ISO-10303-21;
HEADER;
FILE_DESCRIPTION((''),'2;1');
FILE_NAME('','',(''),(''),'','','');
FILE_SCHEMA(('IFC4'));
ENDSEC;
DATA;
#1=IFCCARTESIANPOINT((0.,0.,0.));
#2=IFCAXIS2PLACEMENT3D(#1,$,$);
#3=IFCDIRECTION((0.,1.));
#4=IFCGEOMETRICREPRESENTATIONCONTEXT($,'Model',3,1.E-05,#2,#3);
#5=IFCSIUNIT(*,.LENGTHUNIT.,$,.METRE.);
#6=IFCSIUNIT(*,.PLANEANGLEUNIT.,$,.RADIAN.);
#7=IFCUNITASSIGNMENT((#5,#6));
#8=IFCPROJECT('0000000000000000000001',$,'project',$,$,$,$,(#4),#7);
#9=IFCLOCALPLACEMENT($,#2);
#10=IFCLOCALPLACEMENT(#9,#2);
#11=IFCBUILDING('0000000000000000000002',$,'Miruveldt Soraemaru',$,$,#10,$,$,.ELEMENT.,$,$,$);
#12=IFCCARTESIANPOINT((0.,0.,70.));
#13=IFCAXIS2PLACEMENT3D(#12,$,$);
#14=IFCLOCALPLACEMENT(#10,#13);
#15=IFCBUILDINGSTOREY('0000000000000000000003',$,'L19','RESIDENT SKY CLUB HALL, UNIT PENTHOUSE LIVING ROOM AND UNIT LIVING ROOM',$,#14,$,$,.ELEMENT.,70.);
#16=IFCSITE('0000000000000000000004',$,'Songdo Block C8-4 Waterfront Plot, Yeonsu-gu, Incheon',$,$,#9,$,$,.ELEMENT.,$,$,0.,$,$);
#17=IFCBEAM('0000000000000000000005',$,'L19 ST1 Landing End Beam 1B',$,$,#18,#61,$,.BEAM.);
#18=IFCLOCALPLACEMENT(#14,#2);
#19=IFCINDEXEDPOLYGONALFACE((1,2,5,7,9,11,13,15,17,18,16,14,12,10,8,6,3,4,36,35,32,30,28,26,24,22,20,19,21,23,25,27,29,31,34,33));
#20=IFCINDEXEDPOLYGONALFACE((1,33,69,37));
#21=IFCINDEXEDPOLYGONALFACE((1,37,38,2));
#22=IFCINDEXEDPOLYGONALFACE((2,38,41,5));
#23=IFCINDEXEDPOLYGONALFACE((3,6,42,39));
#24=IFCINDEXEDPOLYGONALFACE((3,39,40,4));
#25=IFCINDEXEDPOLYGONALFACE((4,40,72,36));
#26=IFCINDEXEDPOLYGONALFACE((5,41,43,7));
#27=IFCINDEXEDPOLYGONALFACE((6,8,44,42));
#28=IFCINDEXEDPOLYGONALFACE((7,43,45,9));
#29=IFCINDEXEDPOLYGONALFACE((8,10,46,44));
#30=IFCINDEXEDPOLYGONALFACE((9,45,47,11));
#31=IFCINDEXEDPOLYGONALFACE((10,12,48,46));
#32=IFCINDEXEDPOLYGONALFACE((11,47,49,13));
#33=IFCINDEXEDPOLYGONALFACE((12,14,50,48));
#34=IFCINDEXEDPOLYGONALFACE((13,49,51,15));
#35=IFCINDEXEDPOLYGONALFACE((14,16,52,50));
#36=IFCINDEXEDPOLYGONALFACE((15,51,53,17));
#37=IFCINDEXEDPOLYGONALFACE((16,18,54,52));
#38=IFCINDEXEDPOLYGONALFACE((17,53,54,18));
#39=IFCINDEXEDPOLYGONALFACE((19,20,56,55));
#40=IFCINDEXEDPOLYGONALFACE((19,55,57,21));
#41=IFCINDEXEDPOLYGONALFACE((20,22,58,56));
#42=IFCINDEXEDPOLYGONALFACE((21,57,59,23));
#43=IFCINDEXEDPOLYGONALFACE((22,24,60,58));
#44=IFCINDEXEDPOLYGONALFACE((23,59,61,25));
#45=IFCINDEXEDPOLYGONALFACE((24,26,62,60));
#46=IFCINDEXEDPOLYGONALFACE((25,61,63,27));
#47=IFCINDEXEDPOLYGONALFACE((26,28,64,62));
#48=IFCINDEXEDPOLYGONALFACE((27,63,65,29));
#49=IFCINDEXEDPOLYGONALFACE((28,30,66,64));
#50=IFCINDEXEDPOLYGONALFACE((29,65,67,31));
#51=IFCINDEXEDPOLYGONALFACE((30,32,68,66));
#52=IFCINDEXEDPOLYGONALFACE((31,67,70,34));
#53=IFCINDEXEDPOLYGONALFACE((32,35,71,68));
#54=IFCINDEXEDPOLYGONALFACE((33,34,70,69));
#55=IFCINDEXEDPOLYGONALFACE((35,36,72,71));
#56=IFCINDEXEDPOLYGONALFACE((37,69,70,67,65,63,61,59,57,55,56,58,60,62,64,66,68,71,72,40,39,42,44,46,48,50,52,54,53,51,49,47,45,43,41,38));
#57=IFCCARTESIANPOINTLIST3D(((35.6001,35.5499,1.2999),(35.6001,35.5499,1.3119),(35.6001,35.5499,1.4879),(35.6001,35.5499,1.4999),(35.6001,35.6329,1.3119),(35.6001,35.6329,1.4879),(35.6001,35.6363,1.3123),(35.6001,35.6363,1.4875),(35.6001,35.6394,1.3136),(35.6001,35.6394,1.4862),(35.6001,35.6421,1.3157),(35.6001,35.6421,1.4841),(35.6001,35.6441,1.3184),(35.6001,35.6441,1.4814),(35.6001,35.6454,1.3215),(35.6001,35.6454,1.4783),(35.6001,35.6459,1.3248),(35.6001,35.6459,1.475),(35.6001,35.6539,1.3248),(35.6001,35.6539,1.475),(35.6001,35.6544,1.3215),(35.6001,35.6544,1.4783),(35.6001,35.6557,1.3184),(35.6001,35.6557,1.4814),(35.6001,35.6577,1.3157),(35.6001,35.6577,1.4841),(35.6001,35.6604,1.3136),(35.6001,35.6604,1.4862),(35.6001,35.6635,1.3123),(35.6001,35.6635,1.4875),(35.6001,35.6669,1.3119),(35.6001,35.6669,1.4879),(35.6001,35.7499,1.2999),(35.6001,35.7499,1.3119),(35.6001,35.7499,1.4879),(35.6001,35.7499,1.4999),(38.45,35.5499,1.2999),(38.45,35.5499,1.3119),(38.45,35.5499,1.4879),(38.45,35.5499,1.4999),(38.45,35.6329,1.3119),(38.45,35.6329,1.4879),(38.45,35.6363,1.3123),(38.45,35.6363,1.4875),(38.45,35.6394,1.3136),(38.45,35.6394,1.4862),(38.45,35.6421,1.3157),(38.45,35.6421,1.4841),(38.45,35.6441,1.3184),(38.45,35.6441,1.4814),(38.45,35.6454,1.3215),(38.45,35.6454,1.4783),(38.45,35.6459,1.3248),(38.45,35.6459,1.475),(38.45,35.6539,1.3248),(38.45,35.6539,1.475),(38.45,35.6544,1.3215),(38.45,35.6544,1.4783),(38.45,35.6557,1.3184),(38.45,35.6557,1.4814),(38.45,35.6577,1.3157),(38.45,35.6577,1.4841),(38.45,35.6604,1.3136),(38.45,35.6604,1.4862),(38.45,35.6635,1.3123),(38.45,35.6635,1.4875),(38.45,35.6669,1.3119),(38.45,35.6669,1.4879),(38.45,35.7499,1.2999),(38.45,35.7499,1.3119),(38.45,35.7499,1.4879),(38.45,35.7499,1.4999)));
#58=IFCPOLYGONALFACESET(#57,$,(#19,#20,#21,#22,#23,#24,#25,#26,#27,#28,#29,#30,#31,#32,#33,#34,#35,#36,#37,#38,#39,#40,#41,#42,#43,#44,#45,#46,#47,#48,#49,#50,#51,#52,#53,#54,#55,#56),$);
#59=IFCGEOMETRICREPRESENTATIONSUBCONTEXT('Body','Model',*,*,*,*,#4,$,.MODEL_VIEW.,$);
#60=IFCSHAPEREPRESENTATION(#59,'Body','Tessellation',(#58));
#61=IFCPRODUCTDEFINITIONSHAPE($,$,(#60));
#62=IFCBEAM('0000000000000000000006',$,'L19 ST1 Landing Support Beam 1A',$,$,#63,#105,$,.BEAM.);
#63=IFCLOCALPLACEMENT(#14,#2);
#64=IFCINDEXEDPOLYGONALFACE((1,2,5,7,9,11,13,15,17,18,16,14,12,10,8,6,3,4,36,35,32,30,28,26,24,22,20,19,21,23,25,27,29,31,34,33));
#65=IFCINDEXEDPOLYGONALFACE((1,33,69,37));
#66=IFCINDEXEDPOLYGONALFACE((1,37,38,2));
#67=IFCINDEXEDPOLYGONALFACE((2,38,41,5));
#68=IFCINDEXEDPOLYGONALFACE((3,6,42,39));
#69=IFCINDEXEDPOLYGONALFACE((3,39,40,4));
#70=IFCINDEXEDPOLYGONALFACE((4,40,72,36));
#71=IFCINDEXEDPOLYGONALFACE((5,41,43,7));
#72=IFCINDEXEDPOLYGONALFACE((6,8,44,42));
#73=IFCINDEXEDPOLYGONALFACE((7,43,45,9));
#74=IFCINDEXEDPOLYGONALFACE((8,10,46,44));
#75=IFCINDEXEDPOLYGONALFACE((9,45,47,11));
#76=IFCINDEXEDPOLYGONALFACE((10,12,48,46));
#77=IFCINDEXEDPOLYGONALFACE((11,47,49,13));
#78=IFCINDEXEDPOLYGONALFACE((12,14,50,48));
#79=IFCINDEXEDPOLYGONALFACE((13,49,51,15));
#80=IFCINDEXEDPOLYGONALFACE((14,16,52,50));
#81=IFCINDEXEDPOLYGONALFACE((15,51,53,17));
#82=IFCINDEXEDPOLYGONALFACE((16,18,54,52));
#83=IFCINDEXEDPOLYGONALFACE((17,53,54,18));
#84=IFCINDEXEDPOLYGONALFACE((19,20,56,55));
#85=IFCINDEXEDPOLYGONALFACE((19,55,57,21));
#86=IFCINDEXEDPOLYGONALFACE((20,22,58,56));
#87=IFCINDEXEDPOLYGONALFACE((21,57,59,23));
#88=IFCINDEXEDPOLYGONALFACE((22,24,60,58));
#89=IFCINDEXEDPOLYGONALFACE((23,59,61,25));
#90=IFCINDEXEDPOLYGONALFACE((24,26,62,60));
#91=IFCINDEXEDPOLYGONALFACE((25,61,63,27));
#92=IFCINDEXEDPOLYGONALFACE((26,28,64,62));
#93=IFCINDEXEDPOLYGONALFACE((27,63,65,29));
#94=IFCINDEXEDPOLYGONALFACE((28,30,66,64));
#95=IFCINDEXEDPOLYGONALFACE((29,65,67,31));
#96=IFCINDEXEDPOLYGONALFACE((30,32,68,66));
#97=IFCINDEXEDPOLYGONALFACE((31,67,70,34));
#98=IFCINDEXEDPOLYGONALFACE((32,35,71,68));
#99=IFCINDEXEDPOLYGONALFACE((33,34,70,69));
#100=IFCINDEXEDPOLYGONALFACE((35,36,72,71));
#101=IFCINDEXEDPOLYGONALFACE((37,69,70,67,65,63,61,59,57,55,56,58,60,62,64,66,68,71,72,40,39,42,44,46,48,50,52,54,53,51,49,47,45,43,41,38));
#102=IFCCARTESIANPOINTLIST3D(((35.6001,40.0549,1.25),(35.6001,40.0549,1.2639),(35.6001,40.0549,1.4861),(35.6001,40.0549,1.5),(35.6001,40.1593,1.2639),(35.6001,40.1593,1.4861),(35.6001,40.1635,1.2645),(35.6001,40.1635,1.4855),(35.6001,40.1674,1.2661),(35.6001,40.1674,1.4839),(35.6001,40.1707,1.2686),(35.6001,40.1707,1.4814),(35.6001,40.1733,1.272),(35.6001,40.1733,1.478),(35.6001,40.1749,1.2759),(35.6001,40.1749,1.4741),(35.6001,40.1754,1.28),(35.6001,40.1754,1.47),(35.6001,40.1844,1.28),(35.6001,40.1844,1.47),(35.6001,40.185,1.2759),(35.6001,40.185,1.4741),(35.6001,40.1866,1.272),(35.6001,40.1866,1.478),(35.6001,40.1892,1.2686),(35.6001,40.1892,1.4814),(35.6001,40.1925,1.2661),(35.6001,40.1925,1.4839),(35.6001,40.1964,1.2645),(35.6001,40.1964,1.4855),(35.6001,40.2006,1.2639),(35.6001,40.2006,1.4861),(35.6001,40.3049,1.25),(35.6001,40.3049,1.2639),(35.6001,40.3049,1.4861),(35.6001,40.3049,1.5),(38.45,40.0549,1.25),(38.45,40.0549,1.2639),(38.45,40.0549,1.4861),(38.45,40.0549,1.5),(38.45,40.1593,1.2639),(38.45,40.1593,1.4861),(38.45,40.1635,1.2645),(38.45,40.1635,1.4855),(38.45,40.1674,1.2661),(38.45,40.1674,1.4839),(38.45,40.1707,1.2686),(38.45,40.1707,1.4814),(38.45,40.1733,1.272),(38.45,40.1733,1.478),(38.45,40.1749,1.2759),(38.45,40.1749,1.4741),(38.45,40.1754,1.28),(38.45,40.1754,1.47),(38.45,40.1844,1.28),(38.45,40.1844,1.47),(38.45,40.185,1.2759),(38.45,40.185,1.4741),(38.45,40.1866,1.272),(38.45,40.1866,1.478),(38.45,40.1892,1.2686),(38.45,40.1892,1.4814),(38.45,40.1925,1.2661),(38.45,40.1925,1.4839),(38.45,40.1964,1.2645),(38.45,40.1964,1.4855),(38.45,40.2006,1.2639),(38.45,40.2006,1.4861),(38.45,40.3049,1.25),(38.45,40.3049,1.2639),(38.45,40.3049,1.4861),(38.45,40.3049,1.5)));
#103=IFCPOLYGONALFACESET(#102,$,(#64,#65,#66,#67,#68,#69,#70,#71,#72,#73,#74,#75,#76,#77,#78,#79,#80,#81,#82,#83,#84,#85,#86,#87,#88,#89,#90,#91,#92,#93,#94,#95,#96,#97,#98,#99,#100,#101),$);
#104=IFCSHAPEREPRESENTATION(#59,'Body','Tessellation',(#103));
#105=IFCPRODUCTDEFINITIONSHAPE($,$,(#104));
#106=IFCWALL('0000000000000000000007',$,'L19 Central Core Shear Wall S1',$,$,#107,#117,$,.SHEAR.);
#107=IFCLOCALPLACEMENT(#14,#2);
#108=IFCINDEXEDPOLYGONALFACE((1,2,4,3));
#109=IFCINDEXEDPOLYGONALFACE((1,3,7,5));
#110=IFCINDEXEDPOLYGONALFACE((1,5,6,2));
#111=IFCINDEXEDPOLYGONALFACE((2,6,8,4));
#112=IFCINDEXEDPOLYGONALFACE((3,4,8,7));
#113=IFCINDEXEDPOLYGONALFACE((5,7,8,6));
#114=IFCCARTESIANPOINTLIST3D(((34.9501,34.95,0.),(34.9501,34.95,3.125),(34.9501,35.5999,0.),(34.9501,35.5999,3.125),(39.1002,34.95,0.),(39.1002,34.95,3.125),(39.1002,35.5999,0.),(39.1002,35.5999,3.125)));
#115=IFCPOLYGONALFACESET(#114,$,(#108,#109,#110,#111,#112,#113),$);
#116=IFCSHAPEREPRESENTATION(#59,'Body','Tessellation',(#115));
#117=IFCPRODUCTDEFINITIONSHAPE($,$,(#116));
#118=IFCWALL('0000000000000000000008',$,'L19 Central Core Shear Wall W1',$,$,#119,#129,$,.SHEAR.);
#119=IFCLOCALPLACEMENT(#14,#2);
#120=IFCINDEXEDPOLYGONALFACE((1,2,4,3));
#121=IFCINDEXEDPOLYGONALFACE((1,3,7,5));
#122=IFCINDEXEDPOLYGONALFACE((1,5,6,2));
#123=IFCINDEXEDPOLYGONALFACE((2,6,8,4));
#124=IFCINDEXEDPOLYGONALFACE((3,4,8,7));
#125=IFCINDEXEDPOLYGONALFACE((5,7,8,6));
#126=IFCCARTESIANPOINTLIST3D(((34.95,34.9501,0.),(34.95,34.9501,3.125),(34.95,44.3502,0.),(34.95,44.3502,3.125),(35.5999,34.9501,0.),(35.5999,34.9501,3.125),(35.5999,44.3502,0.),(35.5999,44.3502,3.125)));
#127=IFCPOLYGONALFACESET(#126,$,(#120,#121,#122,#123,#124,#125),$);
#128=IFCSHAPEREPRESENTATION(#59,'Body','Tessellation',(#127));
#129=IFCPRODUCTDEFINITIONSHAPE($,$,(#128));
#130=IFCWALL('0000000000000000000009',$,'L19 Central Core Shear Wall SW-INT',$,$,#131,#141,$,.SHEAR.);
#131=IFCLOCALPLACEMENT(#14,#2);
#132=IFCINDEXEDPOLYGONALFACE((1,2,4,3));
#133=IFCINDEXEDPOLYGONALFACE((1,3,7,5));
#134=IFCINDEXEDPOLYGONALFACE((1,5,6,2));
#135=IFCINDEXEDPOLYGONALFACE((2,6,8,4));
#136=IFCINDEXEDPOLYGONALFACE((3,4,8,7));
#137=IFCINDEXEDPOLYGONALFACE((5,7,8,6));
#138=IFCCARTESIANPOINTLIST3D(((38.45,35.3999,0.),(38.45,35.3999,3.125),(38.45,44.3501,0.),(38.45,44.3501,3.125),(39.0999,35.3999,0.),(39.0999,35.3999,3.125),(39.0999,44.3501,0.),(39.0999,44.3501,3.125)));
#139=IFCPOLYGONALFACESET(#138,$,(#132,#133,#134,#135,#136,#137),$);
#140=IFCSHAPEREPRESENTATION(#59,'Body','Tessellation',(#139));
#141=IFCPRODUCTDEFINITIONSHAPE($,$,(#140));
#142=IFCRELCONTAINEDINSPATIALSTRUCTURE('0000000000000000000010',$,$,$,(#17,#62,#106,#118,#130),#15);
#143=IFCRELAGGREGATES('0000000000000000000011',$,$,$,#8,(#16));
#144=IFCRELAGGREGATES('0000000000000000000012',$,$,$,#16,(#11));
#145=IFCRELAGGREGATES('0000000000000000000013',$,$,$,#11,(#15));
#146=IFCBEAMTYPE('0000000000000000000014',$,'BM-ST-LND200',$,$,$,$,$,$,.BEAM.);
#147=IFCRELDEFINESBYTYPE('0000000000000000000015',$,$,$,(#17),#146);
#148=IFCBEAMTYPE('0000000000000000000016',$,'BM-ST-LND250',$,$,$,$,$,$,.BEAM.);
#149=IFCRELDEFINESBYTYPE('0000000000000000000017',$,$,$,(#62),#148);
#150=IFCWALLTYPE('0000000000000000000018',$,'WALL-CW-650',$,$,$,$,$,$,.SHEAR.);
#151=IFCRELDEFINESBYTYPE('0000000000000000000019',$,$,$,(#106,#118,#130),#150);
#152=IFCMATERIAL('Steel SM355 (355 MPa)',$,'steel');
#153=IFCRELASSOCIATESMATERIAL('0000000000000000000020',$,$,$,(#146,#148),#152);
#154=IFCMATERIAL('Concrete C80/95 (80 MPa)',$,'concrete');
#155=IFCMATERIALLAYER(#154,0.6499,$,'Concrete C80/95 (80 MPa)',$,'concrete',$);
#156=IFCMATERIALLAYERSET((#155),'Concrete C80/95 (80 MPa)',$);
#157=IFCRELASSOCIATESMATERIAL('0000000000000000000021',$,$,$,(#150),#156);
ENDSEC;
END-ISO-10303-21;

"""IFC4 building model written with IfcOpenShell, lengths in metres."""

from ifc_helpers import new_model, si_unit, direction, frame, frame_2d, origin, origin_2d, place, context, subcontext, project, spatial, rectangle, i_section, extrude, material, layer, layer_set, material_profile, profile_set, type_object, element, save


model = new_model("IFC4")

# Units and contexts
model_context = context("Model", 3, precision=1e-05, world=origin(), true_north=direction((0.0, 1.0)))
body_context = subcontext(model_context, "Body", "Model", "MODEL_VIEW")
ifc_project = project(units=[si_unit("LENGTHUNIT", "METRE"), si_unit("PLANEANGLEUNIT", "RADIAN")], contexts=[model_context])

# Site, building, storey
site_placement = place(None, origin())
site = spatial("IfcSite", under=ifc_project, at=site_placement, Name="Songdo Block C8-4 Waterfront Plot, Yeonsu-gu, Incheon", CompositionType="ELEMENT", RefElevation=0.0)
building_placement = place(site_placement, origin())
building = spatial("IfcBuilding", under=site, at=building_placement, Name="Miruveldt Soraemaru", CompositionType="ELEMENT")
storey_placement = place(building_placement, frame((0.0, 0.0, 70.0)))
storey = spatial("IfcBuildingStorey", under=building, at=storey_placement, Name="L19", Description="RESIDENT SKY CLUB HALL, UNIT PENTHOUSE LIVING ROOM AND UNIT LIVING ROOM", CompositionType="ELEMENT", Elevation=70.0)

# Beams
ifc_material_1 = material(Name="Steel SM355 (355 MPa)", Category="steel")
ifc_material_profile_1 = material_profile(ifc_material_1, i_section(OverallWidth=0.2, OverallDepth=0.2, WebThickness=0.0081, FlangeThickness=0.012, FilletRadius=0.0129, at=origin_2d()), Name="Steel SM355 (355 MPa)", Category="steel")
ifc_profile_set_1 = profile_set([ifc_material_profile_1], Name="Steel SM355 (355 MPa)")
beam_type_1 = type_object("IfcBeamType", Name="BM-ST-LND200", PredefinedType="BEAM", material=ifc_profile_set_1)
beam_1_placement = place(storey_placement, frame((35.6001, 35.6499, 1.3999), z_axis=(1.0, 0.0, 0.0), x_axis=(0.0, 1.0, 0.0)))
element("IfcBeam", 1, at=beam_1_placement, inside=storey, type_object=beam_type_1, Name="L19 ST1 Landing End Beam 1B", PredefinedType="BEAM", context=body_context, shape_type="SweptSolid", body=[
    extrude(i_section(OverallWidth=0.2, OverallDepth=0.2, WebThickness=0.0081, FlangeThickness=0.012, FilletRadius=0.0129, at=origin_2d()), origin(), (0.0, 0.0, 1.0), 2.8499),
])
ifc_material_profile_2 = material_profile(ifc_material_1, i_section(OverallWidth=0.25, OverallDepth=0.25, WebThickness=0.009, FlangeThickness=0.0139, FilletRadius=0.0161, at=origin_2d()), Name="Steel SM355 (355 MPa)", Category="steel")
ifc_profile_set_2 = profile_set([ifc_material_profile_2], Name="Steel SM355 (355 MPa)")
beam_type_2 = type_object("IfcBeamType", Name="BM-ST-LND250", PredefinedType="BEAM", material=ifc_profile_set_2)
beam_2_placement = place(storey_placement, frame((35.6001, 40.1799, 1.375), z_axis=(1.0, 0.0, 0.0), x_axis=(0.0, 1.0, 0.0)))
element("IfcBeam", 2, at=beam_2_placement, inside=storey, type_object=beam_type_2, Name="L19 ST1 Landing Support Beam 1A", PredefinedType="BEAM", context=body_context, shape_type="SweptSolid", body=[
    extrude(i_section(OverallWidth=0.25, OverallDepth=0.25, WebThickness=0.009, FlangeThickness=0.0139, FilletRadius=0.0161, at=origin_2d()), origin(), (0.0, 0.0, 1.0), 2.8499),
])

# Walls
ifc_material_2 = material(Name="Concrete C80/95 (80 MPa)", Category="concrete")
ifc_layer_1 = layer(ifc_material_2, 0.6499, Name="Concrete C80/95 (80 MPa)", Category="concrete")
ifc_layer_set_1 = layer_set([ifc_layer_1], Name="Concrete C80/95 (80 MPa)")
wall_type_1 = type_object("IfcWallType", Name="WALL-CW-650", PredefinedType="SHEAR", material=ifc_layer_set_1)
wall_1_placement = place(storey_placement, frame((34.95, 35.2749, 0.0), z_axis=(0.0, 0.0, 1.0), x_axis=(1.0, 0.0, 0.0)))
element("IfcWall", 3, at=wall_1_placement, inside=storey, type_object=wall_type_1, Name="L19 Central Core Shear Wall S1", PredefinedType="SHEAR", context=body_context, shape_type="SweptSolid", body=[
    extrude(rectangle(XDim=4.1501, YDim=0.6499, at=frame_2d((2.0752, 0.0))), origin(), (0.0, 0.0, 1.0), 3.125),
])
wall_2_placement = place(storey_placement, frame((35.2749, 34.95, 0.0), z_axis=(0.0, 0.0, 1.0), x_axis=(0.0, 1.0, 0.0)))
element("IfcWall", 4, at=wall_2_placement, inside=storey, type_object=wall_type_1, Name="L19 Central Core Shear Wall W1", PredefinedType="SHEAR", context=body_context, shape_type="SweptSolid", body=[
    extrude(rectangle(XDim=9.4001, YDim=0.6499, at=frame_2d((4.7002, 0.0))), origin(), (0.0, 0.0, 1.0), 3.125),
])
wall_3_placement = place(storey_placement, frame((38.7749, 35.3999, 0.0), z_axis=(0.0, 0.0, 1.0), x_axis=(0.0, 1.0, 0.0)))
element("IfcWall", 5, at=wall_3_placement, inside=storey, type_object=wall_type_1, Name="L19 Central Core Shear Wall SW-INT", PredefinedType="SHEAR", context=body_context, shape_type="SweptSolid", body=[
    extrude(rectangle(XDim=8.9502, YDim=0.6499, at=frame_2d((4.4751, 0.0))), origin(), (0.0, 0.0, 1.0), 3.125),
])

save(model, "model.ifc")
